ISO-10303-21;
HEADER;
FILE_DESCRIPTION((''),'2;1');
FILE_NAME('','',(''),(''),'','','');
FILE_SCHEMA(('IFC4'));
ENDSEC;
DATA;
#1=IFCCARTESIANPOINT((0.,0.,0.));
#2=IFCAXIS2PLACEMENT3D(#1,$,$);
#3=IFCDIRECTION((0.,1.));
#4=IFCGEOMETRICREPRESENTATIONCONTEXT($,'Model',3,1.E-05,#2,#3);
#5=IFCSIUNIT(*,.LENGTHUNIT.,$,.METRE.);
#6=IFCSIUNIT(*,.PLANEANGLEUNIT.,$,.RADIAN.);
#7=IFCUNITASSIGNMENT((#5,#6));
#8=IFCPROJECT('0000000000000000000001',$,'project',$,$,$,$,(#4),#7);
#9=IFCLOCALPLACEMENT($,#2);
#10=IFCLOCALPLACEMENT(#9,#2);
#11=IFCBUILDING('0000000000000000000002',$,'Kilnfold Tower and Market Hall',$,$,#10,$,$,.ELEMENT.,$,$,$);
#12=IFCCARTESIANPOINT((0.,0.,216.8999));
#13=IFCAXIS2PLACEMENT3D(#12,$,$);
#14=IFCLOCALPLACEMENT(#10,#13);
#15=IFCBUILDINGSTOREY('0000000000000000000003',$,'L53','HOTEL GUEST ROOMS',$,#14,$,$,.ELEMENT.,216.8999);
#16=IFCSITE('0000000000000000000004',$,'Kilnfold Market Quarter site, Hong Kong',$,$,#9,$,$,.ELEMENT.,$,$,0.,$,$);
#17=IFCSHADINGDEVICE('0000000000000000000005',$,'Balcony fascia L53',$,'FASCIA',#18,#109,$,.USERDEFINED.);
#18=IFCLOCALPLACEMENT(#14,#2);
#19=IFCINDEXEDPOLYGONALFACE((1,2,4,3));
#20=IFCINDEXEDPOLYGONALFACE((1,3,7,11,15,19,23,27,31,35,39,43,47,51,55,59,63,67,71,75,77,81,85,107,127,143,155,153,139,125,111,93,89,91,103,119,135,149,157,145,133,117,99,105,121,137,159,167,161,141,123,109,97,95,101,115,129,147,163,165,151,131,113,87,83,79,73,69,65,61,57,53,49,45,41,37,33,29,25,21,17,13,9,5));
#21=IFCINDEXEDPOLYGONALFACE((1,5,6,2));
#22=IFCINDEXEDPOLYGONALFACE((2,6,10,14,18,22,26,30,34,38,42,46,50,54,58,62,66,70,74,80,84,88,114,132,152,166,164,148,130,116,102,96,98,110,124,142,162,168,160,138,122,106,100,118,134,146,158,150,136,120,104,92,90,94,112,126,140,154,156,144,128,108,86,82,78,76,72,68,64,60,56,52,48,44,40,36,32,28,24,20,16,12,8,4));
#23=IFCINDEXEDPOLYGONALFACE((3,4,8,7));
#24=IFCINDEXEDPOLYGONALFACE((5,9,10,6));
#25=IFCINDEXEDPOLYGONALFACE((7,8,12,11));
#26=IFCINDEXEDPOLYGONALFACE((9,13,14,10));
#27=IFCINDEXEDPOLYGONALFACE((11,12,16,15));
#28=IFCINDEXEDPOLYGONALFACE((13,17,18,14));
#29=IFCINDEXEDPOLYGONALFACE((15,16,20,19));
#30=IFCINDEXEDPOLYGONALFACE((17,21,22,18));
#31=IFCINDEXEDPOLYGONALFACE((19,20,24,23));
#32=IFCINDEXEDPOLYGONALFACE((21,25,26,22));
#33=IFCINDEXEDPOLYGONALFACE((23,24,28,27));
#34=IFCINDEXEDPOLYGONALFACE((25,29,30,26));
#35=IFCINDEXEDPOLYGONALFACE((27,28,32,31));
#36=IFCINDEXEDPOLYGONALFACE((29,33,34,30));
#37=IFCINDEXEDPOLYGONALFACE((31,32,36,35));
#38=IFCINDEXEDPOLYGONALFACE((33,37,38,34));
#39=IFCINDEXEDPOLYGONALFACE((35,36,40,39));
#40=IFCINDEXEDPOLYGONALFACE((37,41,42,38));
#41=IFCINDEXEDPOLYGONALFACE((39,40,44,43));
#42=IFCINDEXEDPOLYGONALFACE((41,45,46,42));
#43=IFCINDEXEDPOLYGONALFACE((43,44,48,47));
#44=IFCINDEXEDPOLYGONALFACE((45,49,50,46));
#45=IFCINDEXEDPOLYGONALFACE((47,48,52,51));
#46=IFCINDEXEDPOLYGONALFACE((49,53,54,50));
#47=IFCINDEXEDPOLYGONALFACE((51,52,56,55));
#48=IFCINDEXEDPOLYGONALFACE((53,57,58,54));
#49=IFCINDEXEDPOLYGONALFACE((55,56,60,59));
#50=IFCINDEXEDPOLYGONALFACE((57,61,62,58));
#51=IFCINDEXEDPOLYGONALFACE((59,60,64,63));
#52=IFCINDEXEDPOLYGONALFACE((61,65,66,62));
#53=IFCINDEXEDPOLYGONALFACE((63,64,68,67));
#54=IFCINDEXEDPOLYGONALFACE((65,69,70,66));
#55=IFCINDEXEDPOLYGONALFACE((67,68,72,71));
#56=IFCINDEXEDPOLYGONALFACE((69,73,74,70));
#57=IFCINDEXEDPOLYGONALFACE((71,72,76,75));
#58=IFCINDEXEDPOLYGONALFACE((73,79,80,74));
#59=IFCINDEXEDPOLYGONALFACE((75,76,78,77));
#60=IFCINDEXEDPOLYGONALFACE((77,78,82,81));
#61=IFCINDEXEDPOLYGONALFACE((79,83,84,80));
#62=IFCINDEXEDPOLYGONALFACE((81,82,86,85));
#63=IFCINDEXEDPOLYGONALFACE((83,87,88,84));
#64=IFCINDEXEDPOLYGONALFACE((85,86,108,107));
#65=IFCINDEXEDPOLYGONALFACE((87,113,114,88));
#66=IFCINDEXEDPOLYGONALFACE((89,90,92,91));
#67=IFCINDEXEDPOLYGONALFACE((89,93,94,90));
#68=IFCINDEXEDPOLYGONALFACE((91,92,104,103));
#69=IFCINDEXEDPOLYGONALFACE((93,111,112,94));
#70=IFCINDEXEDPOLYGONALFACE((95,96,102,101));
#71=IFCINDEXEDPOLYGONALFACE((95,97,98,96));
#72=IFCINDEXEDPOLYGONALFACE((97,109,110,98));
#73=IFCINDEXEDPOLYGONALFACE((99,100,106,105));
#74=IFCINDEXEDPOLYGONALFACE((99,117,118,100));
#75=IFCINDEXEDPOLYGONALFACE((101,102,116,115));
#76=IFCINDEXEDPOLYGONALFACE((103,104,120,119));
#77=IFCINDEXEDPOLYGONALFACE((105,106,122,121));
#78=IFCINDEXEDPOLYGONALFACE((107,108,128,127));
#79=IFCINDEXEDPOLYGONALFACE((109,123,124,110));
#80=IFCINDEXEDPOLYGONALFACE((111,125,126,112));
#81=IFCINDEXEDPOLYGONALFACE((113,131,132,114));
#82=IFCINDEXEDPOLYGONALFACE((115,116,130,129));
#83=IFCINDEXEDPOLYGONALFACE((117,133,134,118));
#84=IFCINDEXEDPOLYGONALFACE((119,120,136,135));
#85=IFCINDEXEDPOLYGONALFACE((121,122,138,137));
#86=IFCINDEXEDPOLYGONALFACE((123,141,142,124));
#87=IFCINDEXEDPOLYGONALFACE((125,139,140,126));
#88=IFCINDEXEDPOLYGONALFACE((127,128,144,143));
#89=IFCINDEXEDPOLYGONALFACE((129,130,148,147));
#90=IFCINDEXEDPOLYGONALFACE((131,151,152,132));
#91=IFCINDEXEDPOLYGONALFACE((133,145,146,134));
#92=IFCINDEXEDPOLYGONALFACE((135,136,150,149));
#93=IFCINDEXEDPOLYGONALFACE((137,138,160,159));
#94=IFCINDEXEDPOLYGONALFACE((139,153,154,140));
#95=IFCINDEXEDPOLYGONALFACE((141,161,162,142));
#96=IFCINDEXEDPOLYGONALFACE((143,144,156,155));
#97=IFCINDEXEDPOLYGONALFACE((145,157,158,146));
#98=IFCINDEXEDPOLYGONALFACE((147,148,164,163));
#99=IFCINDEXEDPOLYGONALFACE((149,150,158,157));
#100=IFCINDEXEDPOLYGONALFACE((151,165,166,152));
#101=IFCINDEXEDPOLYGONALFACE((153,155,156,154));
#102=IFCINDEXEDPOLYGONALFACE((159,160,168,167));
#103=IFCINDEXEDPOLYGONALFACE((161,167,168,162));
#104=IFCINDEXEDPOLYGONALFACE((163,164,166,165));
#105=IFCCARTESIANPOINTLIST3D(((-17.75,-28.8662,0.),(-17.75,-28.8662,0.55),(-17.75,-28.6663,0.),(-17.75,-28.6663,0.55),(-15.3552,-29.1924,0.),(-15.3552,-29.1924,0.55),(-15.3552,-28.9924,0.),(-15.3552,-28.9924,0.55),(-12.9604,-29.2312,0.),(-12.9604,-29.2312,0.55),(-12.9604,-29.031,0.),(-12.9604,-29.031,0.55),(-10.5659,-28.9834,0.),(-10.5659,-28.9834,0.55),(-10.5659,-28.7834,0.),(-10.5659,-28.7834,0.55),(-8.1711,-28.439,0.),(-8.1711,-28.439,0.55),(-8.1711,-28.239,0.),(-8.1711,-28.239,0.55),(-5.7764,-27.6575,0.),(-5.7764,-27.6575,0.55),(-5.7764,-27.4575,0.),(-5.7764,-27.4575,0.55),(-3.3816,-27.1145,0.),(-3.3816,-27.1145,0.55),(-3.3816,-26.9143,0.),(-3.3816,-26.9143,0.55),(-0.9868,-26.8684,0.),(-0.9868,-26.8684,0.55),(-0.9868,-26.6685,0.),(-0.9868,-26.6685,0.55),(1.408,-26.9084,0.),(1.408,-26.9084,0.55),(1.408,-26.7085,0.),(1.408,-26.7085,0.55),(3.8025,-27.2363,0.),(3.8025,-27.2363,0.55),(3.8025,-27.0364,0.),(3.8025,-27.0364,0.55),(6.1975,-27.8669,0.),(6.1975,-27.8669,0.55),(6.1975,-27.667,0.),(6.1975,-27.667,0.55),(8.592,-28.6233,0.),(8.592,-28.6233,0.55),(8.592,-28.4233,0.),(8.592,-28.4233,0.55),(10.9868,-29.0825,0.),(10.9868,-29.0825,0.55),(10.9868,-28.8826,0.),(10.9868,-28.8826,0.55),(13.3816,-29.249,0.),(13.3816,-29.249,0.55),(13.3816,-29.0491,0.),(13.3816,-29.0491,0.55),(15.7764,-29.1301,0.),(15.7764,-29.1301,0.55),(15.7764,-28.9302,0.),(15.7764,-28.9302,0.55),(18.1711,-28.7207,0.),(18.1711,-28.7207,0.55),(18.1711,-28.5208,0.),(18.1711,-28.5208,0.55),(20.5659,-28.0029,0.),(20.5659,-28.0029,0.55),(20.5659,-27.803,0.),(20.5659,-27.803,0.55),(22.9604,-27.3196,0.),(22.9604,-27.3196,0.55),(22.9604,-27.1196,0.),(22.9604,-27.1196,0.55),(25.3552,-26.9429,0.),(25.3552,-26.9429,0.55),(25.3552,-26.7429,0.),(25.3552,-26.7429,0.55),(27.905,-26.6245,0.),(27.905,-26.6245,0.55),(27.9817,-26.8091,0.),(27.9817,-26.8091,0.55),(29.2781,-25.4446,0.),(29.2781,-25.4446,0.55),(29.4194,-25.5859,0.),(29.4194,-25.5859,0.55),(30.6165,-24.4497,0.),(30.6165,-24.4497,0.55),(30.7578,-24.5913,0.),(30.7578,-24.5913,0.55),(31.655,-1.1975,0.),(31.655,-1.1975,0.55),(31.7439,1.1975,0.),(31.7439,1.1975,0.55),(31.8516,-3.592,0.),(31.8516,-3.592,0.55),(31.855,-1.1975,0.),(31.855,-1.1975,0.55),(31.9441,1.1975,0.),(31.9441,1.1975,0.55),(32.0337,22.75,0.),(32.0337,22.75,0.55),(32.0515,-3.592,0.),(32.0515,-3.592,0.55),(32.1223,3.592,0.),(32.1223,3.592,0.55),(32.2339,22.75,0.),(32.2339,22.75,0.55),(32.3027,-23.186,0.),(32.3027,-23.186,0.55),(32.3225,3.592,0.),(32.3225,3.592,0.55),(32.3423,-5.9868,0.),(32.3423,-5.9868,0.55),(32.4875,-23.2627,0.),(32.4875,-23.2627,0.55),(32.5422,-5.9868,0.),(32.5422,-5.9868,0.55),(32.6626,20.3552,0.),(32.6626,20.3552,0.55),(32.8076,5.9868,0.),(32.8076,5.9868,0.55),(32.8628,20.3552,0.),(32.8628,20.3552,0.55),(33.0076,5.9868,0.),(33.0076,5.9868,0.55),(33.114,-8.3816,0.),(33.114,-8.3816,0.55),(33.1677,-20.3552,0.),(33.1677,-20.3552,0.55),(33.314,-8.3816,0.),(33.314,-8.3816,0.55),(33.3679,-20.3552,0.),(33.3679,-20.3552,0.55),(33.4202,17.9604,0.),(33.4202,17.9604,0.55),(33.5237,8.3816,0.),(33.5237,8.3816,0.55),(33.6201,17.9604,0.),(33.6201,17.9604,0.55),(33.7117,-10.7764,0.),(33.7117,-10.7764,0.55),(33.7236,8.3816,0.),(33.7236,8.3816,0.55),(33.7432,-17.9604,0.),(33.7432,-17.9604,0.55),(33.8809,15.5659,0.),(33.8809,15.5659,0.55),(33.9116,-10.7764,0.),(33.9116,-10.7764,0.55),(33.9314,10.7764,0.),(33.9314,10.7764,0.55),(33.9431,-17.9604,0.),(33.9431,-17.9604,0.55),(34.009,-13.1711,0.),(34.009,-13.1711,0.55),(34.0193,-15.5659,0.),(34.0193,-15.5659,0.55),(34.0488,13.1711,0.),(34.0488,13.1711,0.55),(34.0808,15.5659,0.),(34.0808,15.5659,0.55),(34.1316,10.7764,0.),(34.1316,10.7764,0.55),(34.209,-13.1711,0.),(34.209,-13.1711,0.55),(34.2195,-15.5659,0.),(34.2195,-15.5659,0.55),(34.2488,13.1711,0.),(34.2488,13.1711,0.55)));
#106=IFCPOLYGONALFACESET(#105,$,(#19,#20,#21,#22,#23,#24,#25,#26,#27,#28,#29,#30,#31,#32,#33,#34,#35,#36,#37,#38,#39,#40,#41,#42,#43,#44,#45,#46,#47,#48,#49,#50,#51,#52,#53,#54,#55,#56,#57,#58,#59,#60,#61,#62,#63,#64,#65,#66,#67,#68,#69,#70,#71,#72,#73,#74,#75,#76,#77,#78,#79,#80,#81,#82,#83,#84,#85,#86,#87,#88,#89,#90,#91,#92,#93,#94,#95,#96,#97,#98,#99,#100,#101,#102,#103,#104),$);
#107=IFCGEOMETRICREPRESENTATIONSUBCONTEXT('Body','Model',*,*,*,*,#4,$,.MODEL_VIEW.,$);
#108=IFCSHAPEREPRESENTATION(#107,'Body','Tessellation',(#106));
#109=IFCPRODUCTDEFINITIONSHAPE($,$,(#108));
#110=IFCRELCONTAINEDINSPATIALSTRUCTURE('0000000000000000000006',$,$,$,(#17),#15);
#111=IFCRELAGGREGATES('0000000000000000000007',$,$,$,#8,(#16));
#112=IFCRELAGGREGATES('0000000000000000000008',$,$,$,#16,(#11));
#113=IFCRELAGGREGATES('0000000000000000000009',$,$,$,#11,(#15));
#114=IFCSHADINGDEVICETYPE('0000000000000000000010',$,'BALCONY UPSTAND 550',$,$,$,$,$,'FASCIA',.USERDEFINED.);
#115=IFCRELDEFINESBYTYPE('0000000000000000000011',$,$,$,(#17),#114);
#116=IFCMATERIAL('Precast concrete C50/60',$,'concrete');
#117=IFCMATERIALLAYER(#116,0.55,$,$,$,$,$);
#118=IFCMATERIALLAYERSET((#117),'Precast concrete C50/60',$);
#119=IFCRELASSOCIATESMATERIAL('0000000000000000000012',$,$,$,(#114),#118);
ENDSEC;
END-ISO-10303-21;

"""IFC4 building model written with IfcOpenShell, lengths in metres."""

from ifc_helpers import new_model, si_unit, direction, frame, origin, place, context, subcontext, project, spatial, polyline, outline, extrude, source, transform, mapped, material, layer, layer_set, type_object, element, save


model = new_model("IFC4")

# Units and contexts
model_context = context("Model", 3, precision=1e-05, world=origin(), true_north=direction((0.0, 1.0)))
body_context = subcontext(model_context, "Body", "Model", "MODEL_VIEW")
ifc_project = project(units=[si_unit("LENGTHUNIT", "METRE"), si_unit("PLANEANGLEUNIT", "RADIAN")], contexts=[model_context])

# Site, building, storey
site_placement = place(None, origin())
site = spatial("IfcSite", under=ifc_project, at=site_placement, Name="Kilnfold Market Quarter site, Hong Kong", CompositionType="ELEMENT", RefElevation=0.0)
building_placement = place(site_placement, origin())
building = spatial("IfcBuilding", under=site, at=building_placement, Name="Kilnfold Tower and Market Hall", CompositionType="ELEMENT")
storey_placement = place(building_placement, frame((0.0, 0.0, 216.8999)))
storey = spatial("IfcBuildingStorey", under=building, at=storey_placement, Name="L53", Description="HOTEL GUEST ROOMS", CompositionType="ELEMENT", Elevation=216.8999)

# Shading device
ifc_material_1 = material(Name="Precast concrete C50/60", Category="concrete")
ifc_layer_1 = layer(ifc_material_1, 0.55)
ifc_layer_set_1 = layer_set([ifc_layer_1], Name="Precast concrete C50/60")
shading_device_type_1 = type_object("IfcShadingDeviceType", Name="BALCONY UPSTAND 550", ElementType="FASCIA", PredefinedType="USERDEFINED", material=ifc_layer_set_1)
shared_shape_1 = source(origin(), body_context, "Body", "SweptSolid", [
    extrude(outline(polyline([(-17.75, -28.8662), (-15.3552, -29.1924), (-12.9604, -29.2312), (-10.5659, -28.9834), (-8.1711, -28.439), (-5.7764, -27.6575), (-3.3816, -27.1145), (-0.9868, -26.8684), (1.408, -26.9084), (3.8025, -27.2363), (6.1975, -27.8669), (8.592, -28.6233), (10.9868, -29.0825), (13.3816, -29.249), (15.7764, -29.1301), (18.1711, -28.7207), (20.5659, -28.0029), (22.9604, -27.3196), (25.3552, -26.9429), (27.9817, -26.8091), (29.4194, -25.5859), (30.7578, -24.5913), (32.4875, -23.2627), (33.3679, -20.3552), (33.9431, -17.9604), (34.2195, -15.5659), (34.209, -13.1711), (33.9116, -10.7764), (33.314, -8.3816), (32.5422, -5.9868), (32.0515, -3.592), (31.855, -1.1975), (31.9441, 1.1975), (32.3225, 3.592), (33.0076, 5.9868), (33.7236, 8.3816), (34.1316, 10.7764), (34.2488, 13.1711), (34.0808, 15.5659), (33.6201, 17.9604), (32.8628, 20.3552), (32.2339, 22.75), (32.0337, 22.75), (32.6626, 20.3552), (33.4202, 17.9604), (33.8809, 15.5659), (34.0488, 13.1711), (33.9314, 10.7764), (33.5237, 8.3816), (32.8076, 5.9868), (32.1223, 3.592), (31.7439, 1.1975), (31.655, -1.1975), (31.8516, -3.592), (32.3423, -5.9868), (33.114, -8.3816), (33.7117, -10.7764), (34.009, -13.1711), (34.0193, -15.5659), (33.7432, -17.9604), (33.1677, -20.3552), (32.3027, -23.186), (30.6165, -24.4497), (29.2781, -25.4446), (27.905, -26.6245), (25.3552, -26.7429), (22.9604, -27.1196), (20.5659, -27.803), (18.1711, -28.5208), (15.7764, -28.9302), (13.3816, -29.0491), (10.9868, -28.8826), (8.592, -28.4233), (6.1975, -27.667), (3.8025, -27.0364), (1.408, -26.7085), (-0.9868, -26.6685), (-3.3816, -26.9143), (-5.7764, -27.4575), (-8.1711, -28.239), (-10.5659, -28.7834), (-12.9604, -29.031), (-15.3552, -28.9924), (-17.75, -28.6663), (-17.75, -28.8662)])), origin(), (0.0, 0.0, 1.0), 0.55),
])
shading_device_1_placement = place(storey_placement, origin())
element("IfcShadingDevice", 1, at=shading_device_1_placement, inside=storey, type_object=shading_device_type_1, Name="Balcony fascia L53", ObjectType="FASCIA", PredefinedType="USERDEFINED", context=body_context, shape_type="MappedRepresentation", body=[
    mapped(shared_shape_1, transform((0.0, 0.0, 0.0))),
])

save(model, "model.ifc")
